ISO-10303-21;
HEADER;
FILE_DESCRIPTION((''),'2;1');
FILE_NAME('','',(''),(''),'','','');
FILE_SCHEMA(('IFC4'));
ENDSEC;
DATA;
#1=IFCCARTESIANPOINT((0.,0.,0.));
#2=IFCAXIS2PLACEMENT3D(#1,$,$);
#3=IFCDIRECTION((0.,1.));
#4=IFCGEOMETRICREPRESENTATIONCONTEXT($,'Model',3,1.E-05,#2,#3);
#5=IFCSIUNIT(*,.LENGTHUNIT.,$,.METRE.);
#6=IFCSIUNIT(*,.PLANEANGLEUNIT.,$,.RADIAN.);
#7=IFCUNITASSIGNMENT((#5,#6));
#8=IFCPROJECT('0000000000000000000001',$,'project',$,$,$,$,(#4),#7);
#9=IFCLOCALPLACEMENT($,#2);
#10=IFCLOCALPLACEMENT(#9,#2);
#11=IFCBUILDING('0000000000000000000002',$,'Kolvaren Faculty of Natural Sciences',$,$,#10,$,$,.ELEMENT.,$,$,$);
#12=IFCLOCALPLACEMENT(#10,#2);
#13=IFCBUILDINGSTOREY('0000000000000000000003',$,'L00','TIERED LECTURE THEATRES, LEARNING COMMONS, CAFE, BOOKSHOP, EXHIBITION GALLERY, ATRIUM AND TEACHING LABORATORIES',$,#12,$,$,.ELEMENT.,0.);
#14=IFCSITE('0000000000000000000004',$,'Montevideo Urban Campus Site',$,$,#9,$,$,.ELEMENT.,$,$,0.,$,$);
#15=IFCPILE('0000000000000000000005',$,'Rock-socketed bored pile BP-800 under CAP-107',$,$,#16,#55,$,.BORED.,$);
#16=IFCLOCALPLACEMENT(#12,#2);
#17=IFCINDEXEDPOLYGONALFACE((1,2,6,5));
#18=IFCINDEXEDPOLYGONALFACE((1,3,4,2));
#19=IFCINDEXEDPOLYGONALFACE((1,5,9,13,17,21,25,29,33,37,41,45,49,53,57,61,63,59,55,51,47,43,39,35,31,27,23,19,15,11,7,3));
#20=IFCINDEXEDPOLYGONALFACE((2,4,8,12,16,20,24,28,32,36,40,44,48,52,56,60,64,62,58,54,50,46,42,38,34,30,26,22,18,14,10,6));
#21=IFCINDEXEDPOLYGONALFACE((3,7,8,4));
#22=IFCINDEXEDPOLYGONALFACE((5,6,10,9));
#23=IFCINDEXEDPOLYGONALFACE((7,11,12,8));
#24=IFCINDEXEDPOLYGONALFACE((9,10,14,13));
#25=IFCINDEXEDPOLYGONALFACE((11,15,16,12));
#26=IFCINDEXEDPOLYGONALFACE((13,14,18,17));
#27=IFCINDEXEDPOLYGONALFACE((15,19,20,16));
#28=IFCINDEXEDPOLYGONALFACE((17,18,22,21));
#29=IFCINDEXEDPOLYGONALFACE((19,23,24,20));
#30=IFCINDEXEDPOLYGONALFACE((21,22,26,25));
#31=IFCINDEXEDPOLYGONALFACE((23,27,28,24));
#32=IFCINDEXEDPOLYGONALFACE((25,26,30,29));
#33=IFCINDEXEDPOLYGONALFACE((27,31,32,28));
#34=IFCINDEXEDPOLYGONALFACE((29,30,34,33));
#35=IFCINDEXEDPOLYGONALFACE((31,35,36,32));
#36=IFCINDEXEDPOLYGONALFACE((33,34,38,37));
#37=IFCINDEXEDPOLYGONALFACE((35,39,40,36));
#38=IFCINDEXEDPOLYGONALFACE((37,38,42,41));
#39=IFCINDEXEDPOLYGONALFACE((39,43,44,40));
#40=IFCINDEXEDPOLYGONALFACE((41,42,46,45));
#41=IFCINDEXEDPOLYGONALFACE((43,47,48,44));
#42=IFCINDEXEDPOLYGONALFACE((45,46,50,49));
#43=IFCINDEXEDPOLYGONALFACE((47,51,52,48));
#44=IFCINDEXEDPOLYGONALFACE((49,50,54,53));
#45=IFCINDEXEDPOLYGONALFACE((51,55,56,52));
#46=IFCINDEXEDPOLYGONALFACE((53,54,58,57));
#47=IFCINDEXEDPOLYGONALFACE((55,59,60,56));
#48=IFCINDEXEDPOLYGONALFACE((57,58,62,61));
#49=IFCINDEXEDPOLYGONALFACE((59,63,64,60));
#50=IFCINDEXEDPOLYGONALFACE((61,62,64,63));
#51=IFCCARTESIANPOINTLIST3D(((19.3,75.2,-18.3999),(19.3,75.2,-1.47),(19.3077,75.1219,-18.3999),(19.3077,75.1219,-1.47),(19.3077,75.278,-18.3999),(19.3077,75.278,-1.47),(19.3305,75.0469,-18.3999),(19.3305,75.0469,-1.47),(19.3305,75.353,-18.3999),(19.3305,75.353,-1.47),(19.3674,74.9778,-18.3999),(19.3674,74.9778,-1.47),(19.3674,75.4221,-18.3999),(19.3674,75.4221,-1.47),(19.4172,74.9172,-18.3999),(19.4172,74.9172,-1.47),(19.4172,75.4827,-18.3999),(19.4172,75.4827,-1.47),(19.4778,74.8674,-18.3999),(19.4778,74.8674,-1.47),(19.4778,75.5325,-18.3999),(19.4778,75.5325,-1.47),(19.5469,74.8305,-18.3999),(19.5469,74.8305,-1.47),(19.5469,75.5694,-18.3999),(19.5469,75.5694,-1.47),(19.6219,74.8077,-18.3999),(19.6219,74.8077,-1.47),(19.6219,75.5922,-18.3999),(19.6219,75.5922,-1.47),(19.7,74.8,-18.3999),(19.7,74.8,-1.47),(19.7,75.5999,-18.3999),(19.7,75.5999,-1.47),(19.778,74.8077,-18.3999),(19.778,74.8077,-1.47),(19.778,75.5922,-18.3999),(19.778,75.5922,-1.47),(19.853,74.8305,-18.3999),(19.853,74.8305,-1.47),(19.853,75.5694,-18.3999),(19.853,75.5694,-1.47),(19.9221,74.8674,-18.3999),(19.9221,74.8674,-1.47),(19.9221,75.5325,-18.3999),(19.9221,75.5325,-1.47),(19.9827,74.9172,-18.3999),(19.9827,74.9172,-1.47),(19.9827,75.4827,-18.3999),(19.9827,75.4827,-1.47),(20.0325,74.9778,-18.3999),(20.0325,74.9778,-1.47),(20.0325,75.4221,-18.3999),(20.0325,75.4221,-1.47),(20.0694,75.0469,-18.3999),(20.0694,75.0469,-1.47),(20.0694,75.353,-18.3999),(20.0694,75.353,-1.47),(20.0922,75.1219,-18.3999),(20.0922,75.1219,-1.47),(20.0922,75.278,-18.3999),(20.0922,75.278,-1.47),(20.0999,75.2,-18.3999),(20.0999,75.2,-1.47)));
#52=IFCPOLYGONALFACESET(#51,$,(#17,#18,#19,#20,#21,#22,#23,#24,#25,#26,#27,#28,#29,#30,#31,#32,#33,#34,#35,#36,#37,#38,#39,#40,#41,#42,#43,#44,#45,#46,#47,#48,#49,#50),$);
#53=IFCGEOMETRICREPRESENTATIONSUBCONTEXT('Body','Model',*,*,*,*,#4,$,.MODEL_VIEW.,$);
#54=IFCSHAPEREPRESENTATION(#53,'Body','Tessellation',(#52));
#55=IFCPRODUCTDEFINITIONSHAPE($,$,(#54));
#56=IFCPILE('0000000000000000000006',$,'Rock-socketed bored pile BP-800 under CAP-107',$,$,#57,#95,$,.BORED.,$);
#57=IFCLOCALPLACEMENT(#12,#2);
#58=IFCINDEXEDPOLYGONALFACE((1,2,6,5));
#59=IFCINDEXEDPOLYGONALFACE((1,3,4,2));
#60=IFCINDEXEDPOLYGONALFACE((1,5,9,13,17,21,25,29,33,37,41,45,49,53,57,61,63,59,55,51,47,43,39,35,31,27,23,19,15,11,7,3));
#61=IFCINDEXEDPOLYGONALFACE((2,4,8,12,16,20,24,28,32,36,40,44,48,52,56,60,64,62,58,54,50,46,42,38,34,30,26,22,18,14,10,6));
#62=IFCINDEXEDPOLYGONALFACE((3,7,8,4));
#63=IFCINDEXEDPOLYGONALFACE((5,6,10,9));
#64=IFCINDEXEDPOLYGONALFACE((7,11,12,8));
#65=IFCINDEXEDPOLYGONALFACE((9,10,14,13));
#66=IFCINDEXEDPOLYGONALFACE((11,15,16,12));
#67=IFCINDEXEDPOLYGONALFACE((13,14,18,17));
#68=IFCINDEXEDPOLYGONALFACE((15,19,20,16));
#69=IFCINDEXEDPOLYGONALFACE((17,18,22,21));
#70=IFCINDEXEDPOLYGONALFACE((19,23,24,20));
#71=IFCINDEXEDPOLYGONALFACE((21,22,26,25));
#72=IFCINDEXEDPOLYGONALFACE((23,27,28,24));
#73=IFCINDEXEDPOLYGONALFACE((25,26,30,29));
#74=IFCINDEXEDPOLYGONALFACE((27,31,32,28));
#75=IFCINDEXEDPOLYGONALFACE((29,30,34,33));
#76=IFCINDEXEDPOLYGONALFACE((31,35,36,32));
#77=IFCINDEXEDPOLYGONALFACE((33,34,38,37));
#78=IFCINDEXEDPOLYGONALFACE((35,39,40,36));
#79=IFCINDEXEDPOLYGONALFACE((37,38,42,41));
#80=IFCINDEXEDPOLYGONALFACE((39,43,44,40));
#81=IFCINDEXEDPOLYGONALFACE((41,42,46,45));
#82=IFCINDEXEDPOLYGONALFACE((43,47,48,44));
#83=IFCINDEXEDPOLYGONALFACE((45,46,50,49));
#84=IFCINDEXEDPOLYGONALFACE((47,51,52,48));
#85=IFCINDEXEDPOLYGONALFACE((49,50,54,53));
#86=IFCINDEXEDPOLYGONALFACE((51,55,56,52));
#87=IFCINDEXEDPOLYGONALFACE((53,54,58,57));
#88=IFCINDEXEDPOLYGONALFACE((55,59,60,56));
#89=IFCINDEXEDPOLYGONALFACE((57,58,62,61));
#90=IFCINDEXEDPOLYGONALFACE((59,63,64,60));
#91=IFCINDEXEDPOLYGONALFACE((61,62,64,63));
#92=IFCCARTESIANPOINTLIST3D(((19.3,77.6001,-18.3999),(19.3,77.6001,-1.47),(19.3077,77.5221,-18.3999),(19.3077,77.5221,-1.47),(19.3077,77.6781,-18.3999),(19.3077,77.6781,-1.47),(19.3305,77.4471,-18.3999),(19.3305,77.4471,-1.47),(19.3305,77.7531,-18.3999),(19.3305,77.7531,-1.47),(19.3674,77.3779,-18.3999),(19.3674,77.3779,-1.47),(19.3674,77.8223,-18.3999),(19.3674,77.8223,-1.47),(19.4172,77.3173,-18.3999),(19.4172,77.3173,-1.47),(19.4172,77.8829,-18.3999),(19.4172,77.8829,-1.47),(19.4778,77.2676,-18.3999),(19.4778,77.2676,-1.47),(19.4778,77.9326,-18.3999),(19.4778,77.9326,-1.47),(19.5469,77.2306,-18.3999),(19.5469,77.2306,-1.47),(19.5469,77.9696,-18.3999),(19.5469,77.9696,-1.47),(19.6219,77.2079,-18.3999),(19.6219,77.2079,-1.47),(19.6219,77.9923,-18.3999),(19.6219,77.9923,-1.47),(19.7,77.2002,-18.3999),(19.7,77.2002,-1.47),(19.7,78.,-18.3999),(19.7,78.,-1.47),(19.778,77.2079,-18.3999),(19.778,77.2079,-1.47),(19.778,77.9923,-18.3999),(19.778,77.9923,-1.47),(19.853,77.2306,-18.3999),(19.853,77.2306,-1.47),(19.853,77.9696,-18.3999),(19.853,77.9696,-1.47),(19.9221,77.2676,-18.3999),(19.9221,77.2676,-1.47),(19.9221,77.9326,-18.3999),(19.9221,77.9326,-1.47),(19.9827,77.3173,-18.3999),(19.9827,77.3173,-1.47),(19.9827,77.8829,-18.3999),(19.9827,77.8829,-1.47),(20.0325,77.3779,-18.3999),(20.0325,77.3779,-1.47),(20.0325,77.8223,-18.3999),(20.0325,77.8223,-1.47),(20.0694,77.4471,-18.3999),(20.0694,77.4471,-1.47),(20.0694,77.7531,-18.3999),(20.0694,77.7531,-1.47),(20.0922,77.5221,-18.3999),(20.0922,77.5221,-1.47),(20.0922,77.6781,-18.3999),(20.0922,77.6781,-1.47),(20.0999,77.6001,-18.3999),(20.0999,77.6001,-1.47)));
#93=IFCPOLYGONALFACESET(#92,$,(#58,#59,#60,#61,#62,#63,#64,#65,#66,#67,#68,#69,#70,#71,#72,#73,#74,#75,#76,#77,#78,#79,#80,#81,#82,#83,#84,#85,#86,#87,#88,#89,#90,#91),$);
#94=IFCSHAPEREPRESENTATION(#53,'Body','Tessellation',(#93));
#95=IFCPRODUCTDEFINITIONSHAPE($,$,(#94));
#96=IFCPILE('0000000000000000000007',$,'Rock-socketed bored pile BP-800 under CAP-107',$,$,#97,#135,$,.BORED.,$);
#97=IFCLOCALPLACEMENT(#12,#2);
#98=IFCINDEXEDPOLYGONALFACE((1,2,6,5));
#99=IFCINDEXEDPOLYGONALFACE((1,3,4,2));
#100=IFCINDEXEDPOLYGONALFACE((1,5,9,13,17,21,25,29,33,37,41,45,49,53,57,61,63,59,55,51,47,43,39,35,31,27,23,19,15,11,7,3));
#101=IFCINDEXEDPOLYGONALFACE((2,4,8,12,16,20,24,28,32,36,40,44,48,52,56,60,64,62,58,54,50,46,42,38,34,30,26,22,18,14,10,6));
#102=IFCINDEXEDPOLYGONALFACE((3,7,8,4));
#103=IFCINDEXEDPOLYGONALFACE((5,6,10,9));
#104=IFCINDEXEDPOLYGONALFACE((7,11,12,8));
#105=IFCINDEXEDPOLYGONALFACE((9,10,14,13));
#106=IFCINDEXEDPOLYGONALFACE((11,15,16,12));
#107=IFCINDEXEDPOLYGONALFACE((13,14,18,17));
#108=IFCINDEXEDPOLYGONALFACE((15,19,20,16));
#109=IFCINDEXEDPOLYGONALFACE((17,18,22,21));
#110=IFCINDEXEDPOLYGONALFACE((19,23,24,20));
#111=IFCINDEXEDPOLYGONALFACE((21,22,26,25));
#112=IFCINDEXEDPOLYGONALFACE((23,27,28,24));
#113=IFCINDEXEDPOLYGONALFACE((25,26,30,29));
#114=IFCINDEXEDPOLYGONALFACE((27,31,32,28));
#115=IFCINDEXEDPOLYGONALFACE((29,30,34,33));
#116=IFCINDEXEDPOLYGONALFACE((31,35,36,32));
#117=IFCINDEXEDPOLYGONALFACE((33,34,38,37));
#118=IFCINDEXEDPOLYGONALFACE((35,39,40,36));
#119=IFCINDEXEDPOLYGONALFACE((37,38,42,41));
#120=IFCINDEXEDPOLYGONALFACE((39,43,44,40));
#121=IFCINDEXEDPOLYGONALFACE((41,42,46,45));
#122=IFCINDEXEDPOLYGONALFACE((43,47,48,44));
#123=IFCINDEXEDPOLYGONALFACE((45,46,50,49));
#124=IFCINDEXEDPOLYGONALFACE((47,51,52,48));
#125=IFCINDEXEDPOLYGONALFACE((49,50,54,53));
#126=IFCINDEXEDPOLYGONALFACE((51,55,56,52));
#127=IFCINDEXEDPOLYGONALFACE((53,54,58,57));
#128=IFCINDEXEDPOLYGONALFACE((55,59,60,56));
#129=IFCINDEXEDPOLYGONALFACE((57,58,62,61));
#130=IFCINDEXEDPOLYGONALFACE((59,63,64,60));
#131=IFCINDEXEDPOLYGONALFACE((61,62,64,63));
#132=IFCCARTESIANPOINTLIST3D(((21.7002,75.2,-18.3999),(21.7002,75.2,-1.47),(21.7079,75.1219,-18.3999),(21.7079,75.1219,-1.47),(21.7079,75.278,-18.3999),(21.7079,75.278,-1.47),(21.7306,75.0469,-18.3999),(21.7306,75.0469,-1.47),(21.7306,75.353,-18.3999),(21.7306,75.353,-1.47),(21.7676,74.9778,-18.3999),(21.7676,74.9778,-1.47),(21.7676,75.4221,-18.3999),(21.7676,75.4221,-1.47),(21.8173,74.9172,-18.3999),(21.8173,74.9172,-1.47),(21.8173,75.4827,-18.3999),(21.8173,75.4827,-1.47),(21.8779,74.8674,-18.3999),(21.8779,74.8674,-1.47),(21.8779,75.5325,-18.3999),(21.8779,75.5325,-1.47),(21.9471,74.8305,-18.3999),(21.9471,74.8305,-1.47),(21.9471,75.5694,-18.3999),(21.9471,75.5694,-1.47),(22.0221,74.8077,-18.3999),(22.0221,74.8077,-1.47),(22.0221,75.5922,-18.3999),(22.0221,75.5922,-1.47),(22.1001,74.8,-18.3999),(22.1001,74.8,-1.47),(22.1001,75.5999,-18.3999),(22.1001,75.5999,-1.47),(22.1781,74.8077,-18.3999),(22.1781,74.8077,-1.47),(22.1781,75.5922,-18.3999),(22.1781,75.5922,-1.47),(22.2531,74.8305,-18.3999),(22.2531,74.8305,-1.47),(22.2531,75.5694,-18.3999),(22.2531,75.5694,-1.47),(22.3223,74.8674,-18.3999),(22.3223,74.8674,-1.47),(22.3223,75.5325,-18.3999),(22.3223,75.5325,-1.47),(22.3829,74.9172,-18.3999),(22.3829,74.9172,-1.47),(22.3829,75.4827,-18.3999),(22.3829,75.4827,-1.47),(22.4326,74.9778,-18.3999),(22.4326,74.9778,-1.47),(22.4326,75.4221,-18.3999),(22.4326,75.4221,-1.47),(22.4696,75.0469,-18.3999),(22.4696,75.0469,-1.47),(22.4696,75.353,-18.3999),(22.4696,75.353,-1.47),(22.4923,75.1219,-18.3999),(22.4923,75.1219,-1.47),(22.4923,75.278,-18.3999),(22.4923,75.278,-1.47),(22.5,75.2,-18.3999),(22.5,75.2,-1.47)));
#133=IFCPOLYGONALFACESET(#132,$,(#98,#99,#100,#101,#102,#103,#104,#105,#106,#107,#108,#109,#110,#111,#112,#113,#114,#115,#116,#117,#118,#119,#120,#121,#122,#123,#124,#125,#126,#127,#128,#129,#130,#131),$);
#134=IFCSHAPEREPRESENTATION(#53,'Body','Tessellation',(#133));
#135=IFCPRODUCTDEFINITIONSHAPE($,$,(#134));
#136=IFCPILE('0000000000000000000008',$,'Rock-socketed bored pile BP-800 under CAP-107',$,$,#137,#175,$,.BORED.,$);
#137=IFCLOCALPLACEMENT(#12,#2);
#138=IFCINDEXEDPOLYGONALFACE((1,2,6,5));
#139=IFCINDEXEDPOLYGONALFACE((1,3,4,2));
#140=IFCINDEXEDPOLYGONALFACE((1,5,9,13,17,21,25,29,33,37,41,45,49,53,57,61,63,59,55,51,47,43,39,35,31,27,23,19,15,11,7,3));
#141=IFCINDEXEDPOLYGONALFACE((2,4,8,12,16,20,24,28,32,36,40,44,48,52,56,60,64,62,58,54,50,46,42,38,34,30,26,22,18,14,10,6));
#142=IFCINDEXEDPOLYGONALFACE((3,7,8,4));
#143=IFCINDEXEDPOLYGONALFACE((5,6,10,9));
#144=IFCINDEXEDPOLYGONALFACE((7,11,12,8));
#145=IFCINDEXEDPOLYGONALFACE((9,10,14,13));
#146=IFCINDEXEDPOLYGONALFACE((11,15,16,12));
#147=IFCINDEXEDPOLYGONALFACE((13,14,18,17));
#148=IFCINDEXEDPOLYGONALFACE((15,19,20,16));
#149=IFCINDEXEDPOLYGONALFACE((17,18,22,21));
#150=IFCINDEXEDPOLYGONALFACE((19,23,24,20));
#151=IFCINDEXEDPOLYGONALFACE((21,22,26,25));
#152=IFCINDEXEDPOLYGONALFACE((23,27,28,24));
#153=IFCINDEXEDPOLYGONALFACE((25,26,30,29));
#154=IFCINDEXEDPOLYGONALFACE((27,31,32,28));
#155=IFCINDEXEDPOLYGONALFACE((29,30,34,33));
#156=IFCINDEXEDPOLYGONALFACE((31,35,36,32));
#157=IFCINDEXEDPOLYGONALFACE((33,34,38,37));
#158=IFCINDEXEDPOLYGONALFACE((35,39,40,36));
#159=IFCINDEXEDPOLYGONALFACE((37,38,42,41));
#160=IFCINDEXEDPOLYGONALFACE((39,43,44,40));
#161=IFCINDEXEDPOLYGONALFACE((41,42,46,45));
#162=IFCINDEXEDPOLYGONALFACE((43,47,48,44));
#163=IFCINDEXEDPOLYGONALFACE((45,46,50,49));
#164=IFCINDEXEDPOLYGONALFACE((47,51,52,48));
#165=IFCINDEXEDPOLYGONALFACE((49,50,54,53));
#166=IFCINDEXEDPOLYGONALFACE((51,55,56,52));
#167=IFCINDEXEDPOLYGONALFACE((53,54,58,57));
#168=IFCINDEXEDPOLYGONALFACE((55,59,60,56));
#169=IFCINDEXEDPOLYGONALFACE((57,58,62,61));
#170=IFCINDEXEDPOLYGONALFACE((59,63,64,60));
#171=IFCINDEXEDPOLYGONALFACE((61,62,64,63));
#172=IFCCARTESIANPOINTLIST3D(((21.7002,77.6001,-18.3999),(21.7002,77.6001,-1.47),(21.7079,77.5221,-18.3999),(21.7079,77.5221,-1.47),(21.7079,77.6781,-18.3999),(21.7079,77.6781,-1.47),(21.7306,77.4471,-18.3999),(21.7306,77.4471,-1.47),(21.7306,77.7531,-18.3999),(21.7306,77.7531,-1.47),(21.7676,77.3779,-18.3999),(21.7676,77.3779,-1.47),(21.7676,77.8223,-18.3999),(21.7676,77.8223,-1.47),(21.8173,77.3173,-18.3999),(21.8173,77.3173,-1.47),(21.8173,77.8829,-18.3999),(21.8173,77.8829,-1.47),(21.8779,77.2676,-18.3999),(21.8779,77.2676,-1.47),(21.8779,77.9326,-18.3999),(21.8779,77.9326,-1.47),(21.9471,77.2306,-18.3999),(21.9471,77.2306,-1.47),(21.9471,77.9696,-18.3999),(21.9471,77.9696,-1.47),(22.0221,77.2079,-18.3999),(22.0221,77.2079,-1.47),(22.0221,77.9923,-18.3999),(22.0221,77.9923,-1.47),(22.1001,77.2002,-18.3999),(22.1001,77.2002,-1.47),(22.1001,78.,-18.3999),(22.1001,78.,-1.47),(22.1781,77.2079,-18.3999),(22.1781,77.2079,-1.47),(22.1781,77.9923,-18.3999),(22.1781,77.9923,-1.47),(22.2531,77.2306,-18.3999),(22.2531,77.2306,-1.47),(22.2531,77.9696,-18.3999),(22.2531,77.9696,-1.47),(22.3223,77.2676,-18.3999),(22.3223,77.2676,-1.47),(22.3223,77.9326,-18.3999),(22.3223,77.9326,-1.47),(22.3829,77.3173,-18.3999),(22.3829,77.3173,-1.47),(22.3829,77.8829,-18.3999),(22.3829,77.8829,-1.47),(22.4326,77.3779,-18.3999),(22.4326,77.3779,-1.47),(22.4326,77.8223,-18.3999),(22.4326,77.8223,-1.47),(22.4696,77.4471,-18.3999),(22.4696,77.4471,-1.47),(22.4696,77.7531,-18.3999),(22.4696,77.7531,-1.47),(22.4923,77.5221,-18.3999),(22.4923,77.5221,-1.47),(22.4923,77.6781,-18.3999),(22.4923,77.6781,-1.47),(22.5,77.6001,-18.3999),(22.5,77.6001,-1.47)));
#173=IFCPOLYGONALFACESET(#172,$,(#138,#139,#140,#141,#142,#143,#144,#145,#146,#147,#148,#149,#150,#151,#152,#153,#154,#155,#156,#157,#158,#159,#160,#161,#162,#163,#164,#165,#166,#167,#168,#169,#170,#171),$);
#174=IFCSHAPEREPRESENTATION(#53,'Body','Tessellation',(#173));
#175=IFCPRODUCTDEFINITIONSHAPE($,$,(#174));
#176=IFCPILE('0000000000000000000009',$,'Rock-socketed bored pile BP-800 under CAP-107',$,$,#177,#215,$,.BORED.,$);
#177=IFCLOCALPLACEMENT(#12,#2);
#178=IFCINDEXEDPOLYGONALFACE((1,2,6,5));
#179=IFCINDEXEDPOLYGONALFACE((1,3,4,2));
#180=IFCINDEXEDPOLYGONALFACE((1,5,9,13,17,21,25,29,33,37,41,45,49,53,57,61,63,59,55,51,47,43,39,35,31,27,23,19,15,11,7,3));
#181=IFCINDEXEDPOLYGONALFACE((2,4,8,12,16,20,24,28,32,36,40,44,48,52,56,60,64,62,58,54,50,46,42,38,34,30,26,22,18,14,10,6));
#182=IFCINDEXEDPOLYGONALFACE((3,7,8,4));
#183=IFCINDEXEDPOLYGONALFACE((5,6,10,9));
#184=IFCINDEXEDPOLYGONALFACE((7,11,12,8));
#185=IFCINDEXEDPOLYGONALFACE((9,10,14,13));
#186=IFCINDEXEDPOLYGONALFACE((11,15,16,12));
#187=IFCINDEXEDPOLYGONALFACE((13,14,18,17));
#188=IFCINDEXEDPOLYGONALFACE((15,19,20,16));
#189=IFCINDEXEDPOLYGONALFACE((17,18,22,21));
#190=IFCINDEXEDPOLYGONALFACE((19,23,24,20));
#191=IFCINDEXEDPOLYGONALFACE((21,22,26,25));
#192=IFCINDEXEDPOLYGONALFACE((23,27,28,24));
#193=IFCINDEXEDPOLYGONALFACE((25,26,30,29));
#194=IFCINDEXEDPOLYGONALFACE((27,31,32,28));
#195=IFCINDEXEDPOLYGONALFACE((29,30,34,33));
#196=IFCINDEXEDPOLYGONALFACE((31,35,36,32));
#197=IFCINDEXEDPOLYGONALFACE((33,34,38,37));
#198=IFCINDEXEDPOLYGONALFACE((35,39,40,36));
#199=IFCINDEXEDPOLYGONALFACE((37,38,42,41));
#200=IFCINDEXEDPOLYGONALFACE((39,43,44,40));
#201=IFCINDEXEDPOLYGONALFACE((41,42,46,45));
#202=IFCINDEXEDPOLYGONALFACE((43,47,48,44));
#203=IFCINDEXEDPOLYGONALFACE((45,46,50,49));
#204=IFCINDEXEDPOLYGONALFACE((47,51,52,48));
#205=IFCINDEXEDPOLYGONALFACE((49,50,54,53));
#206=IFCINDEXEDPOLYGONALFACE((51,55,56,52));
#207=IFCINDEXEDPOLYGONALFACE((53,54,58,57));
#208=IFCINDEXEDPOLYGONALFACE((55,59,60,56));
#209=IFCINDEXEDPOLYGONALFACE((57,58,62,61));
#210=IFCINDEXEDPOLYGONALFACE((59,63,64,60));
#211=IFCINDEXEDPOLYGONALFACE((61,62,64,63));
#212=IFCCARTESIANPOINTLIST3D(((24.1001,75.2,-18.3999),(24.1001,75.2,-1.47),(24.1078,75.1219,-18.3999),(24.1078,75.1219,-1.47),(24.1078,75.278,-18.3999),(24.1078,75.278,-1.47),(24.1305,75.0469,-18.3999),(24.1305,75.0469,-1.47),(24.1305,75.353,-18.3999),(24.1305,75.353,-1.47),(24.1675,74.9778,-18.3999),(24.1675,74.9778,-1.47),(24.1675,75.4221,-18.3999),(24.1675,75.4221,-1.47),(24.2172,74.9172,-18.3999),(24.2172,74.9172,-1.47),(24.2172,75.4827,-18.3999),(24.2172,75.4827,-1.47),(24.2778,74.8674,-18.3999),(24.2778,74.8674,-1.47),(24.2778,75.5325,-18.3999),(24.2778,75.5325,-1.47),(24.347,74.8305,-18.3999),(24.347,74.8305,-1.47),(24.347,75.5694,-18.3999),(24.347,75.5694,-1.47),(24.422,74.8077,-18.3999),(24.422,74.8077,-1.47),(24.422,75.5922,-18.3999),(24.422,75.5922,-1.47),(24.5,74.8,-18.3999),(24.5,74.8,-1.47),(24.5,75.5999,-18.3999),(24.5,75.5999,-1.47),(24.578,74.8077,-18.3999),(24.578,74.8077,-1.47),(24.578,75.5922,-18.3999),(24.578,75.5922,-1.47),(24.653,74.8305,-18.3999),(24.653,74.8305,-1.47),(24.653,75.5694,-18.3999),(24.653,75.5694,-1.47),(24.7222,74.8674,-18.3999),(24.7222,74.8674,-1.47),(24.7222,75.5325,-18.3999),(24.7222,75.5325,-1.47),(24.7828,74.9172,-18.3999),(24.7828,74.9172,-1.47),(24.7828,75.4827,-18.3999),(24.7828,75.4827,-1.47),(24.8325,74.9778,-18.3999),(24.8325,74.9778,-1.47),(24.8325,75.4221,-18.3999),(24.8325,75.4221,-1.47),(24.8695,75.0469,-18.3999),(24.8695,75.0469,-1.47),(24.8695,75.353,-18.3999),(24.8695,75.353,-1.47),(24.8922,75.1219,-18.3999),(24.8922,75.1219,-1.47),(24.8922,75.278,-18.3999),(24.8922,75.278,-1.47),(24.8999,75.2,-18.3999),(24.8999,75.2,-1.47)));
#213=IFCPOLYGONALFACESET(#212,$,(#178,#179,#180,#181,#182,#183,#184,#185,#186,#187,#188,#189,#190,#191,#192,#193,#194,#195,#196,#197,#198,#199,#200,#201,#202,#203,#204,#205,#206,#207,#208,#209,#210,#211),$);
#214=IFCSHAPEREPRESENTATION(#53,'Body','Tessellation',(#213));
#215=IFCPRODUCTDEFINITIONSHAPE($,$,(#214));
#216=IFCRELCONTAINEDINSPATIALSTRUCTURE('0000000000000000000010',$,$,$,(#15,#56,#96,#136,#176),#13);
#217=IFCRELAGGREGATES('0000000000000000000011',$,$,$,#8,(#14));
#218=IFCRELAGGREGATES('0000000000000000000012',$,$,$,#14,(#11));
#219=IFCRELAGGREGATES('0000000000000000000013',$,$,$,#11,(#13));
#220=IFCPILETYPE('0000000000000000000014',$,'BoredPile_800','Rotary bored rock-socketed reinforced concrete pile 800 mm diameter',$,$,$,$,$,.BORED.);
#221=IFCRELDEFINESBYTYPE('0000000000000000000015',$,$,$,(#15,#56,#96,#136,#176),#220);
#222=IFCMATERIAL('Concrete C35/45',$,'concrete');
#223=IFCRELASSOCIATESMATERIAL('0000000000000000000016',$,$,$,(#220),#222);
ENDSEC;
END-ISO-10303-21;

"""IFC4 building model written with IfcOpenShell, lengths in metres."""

from ifc_helpers import new_model, si_unit, direction, frame, origin, origin_2d, place, context, subcontext, project, spatial, circle, extrude, material, material_profile, profile_set, type_object, element, save


model = new_model("IFC4")

# Units and contexts
model_context = context("Model", 3, precision=1e-05, world=origin(), true_north=direction((0.0, 1.0)))
body_context = subcontext(model_context, "Body", "Model", "MODEL_VIEW")
ifc_project = project(units=[si_unit("LENGTHUNIT", "METRE"), si_unit("PLANEANGLEUNIT", "RADIAN")], contexts=[model_context])

# Site, building, storey
site_placement = place(None, origin())
site = spatial("IfcSite", under=ifc_project, at=site_placement, Name="Montevideo Urban Campus Site", CompositionType="ELEMENT", RefElevation=0.0)
building_placement = place(site_placement, origin())
building = spatial("IfcBuilding", under=site, at=building_placement, Name="Kolvaren Faculty of Natural Sciences", CompositionType="ELEMENT")
storey_placement = place(building_placement, origin())
storey = spatial("IfcBuildingStorey", under=building, at=storey_placement, Name="L00", Description="TIERED LECTURE THEATRES, LEARNING COMMONS, CAFE, BOOKSHOP, EXHIBITION GALLERY, ATRIUM AND TEACHING LABORATORIES", CompositionType="ELEMENT", Elevation=0.0)

# Piles
ifc_material_1 = material(Name="Concrete C35/45", Category="concrete")
ifc_material_profile_1 = material_profile(ifc_material_1, circle(Radius=0.3999, at=origin_2d()), Name="PILE D800")
ifc_profile_set_1 = profile_set([ifc_material_profile_1], Name="Concrete C35/45")
pile_type = type_object("IfcPileType", Name="BoredPile_800", Description="Rotary bored rock-socketed reinforced concrete pile 800 mm diameter", PredefinedType="BORED", material=ifc_profile_set_1)
for number, where, z_axis, x_axis, name in (
    (1, (19.7, 75.2, -1.47), (0.0, 0.0, -1.0), (1.0, 0.0, 0.0), "Rock-socketed bored pile BP-800 under CAP-107"),
    (2, (19.7, 77.6001, -1.47), (0.0, 0.0, -1.0), (1.0, 0.0, 0.0), "Rock-socketed bored pile BP-800 under CAP-107"),
    (3, (22.1001, 75.2, -1.47), (0.0, 0.0, -1.0), (1.0, 0.0, 0.0), "Rock-socketed bored pile BP-800 under CAP-107"),
    (4, (22.1001, 77.6001, -1.47), (0.0, 0.0, -1.0), (1.0, 0.0, 0.0), "Rock-socketed bored pile BP-800 under CAP-107"),
    (5, (24.5, 75.2, -1.47), (0.0, 0.0, -1.0), (1.0, 0.0, 0.0), "Rock-socketed bored pile BP-800 under CAP-107"),
):
    element("IfcPile", number, at=place(storey_placement, frame(where, z_axis=z_axis, x_axis=x_axis)), inside=storey, type_object=pile_type, Name=name, PredefinedType="BORED", context=body_context, shape_type="SweptSolid", body=[
        extrude(circle(Radius=0.3999, at=origin_2d()), origin(), (0.0, 0.0, 1.0), 16.9299),
    ])

save(model, "model.ifc")
